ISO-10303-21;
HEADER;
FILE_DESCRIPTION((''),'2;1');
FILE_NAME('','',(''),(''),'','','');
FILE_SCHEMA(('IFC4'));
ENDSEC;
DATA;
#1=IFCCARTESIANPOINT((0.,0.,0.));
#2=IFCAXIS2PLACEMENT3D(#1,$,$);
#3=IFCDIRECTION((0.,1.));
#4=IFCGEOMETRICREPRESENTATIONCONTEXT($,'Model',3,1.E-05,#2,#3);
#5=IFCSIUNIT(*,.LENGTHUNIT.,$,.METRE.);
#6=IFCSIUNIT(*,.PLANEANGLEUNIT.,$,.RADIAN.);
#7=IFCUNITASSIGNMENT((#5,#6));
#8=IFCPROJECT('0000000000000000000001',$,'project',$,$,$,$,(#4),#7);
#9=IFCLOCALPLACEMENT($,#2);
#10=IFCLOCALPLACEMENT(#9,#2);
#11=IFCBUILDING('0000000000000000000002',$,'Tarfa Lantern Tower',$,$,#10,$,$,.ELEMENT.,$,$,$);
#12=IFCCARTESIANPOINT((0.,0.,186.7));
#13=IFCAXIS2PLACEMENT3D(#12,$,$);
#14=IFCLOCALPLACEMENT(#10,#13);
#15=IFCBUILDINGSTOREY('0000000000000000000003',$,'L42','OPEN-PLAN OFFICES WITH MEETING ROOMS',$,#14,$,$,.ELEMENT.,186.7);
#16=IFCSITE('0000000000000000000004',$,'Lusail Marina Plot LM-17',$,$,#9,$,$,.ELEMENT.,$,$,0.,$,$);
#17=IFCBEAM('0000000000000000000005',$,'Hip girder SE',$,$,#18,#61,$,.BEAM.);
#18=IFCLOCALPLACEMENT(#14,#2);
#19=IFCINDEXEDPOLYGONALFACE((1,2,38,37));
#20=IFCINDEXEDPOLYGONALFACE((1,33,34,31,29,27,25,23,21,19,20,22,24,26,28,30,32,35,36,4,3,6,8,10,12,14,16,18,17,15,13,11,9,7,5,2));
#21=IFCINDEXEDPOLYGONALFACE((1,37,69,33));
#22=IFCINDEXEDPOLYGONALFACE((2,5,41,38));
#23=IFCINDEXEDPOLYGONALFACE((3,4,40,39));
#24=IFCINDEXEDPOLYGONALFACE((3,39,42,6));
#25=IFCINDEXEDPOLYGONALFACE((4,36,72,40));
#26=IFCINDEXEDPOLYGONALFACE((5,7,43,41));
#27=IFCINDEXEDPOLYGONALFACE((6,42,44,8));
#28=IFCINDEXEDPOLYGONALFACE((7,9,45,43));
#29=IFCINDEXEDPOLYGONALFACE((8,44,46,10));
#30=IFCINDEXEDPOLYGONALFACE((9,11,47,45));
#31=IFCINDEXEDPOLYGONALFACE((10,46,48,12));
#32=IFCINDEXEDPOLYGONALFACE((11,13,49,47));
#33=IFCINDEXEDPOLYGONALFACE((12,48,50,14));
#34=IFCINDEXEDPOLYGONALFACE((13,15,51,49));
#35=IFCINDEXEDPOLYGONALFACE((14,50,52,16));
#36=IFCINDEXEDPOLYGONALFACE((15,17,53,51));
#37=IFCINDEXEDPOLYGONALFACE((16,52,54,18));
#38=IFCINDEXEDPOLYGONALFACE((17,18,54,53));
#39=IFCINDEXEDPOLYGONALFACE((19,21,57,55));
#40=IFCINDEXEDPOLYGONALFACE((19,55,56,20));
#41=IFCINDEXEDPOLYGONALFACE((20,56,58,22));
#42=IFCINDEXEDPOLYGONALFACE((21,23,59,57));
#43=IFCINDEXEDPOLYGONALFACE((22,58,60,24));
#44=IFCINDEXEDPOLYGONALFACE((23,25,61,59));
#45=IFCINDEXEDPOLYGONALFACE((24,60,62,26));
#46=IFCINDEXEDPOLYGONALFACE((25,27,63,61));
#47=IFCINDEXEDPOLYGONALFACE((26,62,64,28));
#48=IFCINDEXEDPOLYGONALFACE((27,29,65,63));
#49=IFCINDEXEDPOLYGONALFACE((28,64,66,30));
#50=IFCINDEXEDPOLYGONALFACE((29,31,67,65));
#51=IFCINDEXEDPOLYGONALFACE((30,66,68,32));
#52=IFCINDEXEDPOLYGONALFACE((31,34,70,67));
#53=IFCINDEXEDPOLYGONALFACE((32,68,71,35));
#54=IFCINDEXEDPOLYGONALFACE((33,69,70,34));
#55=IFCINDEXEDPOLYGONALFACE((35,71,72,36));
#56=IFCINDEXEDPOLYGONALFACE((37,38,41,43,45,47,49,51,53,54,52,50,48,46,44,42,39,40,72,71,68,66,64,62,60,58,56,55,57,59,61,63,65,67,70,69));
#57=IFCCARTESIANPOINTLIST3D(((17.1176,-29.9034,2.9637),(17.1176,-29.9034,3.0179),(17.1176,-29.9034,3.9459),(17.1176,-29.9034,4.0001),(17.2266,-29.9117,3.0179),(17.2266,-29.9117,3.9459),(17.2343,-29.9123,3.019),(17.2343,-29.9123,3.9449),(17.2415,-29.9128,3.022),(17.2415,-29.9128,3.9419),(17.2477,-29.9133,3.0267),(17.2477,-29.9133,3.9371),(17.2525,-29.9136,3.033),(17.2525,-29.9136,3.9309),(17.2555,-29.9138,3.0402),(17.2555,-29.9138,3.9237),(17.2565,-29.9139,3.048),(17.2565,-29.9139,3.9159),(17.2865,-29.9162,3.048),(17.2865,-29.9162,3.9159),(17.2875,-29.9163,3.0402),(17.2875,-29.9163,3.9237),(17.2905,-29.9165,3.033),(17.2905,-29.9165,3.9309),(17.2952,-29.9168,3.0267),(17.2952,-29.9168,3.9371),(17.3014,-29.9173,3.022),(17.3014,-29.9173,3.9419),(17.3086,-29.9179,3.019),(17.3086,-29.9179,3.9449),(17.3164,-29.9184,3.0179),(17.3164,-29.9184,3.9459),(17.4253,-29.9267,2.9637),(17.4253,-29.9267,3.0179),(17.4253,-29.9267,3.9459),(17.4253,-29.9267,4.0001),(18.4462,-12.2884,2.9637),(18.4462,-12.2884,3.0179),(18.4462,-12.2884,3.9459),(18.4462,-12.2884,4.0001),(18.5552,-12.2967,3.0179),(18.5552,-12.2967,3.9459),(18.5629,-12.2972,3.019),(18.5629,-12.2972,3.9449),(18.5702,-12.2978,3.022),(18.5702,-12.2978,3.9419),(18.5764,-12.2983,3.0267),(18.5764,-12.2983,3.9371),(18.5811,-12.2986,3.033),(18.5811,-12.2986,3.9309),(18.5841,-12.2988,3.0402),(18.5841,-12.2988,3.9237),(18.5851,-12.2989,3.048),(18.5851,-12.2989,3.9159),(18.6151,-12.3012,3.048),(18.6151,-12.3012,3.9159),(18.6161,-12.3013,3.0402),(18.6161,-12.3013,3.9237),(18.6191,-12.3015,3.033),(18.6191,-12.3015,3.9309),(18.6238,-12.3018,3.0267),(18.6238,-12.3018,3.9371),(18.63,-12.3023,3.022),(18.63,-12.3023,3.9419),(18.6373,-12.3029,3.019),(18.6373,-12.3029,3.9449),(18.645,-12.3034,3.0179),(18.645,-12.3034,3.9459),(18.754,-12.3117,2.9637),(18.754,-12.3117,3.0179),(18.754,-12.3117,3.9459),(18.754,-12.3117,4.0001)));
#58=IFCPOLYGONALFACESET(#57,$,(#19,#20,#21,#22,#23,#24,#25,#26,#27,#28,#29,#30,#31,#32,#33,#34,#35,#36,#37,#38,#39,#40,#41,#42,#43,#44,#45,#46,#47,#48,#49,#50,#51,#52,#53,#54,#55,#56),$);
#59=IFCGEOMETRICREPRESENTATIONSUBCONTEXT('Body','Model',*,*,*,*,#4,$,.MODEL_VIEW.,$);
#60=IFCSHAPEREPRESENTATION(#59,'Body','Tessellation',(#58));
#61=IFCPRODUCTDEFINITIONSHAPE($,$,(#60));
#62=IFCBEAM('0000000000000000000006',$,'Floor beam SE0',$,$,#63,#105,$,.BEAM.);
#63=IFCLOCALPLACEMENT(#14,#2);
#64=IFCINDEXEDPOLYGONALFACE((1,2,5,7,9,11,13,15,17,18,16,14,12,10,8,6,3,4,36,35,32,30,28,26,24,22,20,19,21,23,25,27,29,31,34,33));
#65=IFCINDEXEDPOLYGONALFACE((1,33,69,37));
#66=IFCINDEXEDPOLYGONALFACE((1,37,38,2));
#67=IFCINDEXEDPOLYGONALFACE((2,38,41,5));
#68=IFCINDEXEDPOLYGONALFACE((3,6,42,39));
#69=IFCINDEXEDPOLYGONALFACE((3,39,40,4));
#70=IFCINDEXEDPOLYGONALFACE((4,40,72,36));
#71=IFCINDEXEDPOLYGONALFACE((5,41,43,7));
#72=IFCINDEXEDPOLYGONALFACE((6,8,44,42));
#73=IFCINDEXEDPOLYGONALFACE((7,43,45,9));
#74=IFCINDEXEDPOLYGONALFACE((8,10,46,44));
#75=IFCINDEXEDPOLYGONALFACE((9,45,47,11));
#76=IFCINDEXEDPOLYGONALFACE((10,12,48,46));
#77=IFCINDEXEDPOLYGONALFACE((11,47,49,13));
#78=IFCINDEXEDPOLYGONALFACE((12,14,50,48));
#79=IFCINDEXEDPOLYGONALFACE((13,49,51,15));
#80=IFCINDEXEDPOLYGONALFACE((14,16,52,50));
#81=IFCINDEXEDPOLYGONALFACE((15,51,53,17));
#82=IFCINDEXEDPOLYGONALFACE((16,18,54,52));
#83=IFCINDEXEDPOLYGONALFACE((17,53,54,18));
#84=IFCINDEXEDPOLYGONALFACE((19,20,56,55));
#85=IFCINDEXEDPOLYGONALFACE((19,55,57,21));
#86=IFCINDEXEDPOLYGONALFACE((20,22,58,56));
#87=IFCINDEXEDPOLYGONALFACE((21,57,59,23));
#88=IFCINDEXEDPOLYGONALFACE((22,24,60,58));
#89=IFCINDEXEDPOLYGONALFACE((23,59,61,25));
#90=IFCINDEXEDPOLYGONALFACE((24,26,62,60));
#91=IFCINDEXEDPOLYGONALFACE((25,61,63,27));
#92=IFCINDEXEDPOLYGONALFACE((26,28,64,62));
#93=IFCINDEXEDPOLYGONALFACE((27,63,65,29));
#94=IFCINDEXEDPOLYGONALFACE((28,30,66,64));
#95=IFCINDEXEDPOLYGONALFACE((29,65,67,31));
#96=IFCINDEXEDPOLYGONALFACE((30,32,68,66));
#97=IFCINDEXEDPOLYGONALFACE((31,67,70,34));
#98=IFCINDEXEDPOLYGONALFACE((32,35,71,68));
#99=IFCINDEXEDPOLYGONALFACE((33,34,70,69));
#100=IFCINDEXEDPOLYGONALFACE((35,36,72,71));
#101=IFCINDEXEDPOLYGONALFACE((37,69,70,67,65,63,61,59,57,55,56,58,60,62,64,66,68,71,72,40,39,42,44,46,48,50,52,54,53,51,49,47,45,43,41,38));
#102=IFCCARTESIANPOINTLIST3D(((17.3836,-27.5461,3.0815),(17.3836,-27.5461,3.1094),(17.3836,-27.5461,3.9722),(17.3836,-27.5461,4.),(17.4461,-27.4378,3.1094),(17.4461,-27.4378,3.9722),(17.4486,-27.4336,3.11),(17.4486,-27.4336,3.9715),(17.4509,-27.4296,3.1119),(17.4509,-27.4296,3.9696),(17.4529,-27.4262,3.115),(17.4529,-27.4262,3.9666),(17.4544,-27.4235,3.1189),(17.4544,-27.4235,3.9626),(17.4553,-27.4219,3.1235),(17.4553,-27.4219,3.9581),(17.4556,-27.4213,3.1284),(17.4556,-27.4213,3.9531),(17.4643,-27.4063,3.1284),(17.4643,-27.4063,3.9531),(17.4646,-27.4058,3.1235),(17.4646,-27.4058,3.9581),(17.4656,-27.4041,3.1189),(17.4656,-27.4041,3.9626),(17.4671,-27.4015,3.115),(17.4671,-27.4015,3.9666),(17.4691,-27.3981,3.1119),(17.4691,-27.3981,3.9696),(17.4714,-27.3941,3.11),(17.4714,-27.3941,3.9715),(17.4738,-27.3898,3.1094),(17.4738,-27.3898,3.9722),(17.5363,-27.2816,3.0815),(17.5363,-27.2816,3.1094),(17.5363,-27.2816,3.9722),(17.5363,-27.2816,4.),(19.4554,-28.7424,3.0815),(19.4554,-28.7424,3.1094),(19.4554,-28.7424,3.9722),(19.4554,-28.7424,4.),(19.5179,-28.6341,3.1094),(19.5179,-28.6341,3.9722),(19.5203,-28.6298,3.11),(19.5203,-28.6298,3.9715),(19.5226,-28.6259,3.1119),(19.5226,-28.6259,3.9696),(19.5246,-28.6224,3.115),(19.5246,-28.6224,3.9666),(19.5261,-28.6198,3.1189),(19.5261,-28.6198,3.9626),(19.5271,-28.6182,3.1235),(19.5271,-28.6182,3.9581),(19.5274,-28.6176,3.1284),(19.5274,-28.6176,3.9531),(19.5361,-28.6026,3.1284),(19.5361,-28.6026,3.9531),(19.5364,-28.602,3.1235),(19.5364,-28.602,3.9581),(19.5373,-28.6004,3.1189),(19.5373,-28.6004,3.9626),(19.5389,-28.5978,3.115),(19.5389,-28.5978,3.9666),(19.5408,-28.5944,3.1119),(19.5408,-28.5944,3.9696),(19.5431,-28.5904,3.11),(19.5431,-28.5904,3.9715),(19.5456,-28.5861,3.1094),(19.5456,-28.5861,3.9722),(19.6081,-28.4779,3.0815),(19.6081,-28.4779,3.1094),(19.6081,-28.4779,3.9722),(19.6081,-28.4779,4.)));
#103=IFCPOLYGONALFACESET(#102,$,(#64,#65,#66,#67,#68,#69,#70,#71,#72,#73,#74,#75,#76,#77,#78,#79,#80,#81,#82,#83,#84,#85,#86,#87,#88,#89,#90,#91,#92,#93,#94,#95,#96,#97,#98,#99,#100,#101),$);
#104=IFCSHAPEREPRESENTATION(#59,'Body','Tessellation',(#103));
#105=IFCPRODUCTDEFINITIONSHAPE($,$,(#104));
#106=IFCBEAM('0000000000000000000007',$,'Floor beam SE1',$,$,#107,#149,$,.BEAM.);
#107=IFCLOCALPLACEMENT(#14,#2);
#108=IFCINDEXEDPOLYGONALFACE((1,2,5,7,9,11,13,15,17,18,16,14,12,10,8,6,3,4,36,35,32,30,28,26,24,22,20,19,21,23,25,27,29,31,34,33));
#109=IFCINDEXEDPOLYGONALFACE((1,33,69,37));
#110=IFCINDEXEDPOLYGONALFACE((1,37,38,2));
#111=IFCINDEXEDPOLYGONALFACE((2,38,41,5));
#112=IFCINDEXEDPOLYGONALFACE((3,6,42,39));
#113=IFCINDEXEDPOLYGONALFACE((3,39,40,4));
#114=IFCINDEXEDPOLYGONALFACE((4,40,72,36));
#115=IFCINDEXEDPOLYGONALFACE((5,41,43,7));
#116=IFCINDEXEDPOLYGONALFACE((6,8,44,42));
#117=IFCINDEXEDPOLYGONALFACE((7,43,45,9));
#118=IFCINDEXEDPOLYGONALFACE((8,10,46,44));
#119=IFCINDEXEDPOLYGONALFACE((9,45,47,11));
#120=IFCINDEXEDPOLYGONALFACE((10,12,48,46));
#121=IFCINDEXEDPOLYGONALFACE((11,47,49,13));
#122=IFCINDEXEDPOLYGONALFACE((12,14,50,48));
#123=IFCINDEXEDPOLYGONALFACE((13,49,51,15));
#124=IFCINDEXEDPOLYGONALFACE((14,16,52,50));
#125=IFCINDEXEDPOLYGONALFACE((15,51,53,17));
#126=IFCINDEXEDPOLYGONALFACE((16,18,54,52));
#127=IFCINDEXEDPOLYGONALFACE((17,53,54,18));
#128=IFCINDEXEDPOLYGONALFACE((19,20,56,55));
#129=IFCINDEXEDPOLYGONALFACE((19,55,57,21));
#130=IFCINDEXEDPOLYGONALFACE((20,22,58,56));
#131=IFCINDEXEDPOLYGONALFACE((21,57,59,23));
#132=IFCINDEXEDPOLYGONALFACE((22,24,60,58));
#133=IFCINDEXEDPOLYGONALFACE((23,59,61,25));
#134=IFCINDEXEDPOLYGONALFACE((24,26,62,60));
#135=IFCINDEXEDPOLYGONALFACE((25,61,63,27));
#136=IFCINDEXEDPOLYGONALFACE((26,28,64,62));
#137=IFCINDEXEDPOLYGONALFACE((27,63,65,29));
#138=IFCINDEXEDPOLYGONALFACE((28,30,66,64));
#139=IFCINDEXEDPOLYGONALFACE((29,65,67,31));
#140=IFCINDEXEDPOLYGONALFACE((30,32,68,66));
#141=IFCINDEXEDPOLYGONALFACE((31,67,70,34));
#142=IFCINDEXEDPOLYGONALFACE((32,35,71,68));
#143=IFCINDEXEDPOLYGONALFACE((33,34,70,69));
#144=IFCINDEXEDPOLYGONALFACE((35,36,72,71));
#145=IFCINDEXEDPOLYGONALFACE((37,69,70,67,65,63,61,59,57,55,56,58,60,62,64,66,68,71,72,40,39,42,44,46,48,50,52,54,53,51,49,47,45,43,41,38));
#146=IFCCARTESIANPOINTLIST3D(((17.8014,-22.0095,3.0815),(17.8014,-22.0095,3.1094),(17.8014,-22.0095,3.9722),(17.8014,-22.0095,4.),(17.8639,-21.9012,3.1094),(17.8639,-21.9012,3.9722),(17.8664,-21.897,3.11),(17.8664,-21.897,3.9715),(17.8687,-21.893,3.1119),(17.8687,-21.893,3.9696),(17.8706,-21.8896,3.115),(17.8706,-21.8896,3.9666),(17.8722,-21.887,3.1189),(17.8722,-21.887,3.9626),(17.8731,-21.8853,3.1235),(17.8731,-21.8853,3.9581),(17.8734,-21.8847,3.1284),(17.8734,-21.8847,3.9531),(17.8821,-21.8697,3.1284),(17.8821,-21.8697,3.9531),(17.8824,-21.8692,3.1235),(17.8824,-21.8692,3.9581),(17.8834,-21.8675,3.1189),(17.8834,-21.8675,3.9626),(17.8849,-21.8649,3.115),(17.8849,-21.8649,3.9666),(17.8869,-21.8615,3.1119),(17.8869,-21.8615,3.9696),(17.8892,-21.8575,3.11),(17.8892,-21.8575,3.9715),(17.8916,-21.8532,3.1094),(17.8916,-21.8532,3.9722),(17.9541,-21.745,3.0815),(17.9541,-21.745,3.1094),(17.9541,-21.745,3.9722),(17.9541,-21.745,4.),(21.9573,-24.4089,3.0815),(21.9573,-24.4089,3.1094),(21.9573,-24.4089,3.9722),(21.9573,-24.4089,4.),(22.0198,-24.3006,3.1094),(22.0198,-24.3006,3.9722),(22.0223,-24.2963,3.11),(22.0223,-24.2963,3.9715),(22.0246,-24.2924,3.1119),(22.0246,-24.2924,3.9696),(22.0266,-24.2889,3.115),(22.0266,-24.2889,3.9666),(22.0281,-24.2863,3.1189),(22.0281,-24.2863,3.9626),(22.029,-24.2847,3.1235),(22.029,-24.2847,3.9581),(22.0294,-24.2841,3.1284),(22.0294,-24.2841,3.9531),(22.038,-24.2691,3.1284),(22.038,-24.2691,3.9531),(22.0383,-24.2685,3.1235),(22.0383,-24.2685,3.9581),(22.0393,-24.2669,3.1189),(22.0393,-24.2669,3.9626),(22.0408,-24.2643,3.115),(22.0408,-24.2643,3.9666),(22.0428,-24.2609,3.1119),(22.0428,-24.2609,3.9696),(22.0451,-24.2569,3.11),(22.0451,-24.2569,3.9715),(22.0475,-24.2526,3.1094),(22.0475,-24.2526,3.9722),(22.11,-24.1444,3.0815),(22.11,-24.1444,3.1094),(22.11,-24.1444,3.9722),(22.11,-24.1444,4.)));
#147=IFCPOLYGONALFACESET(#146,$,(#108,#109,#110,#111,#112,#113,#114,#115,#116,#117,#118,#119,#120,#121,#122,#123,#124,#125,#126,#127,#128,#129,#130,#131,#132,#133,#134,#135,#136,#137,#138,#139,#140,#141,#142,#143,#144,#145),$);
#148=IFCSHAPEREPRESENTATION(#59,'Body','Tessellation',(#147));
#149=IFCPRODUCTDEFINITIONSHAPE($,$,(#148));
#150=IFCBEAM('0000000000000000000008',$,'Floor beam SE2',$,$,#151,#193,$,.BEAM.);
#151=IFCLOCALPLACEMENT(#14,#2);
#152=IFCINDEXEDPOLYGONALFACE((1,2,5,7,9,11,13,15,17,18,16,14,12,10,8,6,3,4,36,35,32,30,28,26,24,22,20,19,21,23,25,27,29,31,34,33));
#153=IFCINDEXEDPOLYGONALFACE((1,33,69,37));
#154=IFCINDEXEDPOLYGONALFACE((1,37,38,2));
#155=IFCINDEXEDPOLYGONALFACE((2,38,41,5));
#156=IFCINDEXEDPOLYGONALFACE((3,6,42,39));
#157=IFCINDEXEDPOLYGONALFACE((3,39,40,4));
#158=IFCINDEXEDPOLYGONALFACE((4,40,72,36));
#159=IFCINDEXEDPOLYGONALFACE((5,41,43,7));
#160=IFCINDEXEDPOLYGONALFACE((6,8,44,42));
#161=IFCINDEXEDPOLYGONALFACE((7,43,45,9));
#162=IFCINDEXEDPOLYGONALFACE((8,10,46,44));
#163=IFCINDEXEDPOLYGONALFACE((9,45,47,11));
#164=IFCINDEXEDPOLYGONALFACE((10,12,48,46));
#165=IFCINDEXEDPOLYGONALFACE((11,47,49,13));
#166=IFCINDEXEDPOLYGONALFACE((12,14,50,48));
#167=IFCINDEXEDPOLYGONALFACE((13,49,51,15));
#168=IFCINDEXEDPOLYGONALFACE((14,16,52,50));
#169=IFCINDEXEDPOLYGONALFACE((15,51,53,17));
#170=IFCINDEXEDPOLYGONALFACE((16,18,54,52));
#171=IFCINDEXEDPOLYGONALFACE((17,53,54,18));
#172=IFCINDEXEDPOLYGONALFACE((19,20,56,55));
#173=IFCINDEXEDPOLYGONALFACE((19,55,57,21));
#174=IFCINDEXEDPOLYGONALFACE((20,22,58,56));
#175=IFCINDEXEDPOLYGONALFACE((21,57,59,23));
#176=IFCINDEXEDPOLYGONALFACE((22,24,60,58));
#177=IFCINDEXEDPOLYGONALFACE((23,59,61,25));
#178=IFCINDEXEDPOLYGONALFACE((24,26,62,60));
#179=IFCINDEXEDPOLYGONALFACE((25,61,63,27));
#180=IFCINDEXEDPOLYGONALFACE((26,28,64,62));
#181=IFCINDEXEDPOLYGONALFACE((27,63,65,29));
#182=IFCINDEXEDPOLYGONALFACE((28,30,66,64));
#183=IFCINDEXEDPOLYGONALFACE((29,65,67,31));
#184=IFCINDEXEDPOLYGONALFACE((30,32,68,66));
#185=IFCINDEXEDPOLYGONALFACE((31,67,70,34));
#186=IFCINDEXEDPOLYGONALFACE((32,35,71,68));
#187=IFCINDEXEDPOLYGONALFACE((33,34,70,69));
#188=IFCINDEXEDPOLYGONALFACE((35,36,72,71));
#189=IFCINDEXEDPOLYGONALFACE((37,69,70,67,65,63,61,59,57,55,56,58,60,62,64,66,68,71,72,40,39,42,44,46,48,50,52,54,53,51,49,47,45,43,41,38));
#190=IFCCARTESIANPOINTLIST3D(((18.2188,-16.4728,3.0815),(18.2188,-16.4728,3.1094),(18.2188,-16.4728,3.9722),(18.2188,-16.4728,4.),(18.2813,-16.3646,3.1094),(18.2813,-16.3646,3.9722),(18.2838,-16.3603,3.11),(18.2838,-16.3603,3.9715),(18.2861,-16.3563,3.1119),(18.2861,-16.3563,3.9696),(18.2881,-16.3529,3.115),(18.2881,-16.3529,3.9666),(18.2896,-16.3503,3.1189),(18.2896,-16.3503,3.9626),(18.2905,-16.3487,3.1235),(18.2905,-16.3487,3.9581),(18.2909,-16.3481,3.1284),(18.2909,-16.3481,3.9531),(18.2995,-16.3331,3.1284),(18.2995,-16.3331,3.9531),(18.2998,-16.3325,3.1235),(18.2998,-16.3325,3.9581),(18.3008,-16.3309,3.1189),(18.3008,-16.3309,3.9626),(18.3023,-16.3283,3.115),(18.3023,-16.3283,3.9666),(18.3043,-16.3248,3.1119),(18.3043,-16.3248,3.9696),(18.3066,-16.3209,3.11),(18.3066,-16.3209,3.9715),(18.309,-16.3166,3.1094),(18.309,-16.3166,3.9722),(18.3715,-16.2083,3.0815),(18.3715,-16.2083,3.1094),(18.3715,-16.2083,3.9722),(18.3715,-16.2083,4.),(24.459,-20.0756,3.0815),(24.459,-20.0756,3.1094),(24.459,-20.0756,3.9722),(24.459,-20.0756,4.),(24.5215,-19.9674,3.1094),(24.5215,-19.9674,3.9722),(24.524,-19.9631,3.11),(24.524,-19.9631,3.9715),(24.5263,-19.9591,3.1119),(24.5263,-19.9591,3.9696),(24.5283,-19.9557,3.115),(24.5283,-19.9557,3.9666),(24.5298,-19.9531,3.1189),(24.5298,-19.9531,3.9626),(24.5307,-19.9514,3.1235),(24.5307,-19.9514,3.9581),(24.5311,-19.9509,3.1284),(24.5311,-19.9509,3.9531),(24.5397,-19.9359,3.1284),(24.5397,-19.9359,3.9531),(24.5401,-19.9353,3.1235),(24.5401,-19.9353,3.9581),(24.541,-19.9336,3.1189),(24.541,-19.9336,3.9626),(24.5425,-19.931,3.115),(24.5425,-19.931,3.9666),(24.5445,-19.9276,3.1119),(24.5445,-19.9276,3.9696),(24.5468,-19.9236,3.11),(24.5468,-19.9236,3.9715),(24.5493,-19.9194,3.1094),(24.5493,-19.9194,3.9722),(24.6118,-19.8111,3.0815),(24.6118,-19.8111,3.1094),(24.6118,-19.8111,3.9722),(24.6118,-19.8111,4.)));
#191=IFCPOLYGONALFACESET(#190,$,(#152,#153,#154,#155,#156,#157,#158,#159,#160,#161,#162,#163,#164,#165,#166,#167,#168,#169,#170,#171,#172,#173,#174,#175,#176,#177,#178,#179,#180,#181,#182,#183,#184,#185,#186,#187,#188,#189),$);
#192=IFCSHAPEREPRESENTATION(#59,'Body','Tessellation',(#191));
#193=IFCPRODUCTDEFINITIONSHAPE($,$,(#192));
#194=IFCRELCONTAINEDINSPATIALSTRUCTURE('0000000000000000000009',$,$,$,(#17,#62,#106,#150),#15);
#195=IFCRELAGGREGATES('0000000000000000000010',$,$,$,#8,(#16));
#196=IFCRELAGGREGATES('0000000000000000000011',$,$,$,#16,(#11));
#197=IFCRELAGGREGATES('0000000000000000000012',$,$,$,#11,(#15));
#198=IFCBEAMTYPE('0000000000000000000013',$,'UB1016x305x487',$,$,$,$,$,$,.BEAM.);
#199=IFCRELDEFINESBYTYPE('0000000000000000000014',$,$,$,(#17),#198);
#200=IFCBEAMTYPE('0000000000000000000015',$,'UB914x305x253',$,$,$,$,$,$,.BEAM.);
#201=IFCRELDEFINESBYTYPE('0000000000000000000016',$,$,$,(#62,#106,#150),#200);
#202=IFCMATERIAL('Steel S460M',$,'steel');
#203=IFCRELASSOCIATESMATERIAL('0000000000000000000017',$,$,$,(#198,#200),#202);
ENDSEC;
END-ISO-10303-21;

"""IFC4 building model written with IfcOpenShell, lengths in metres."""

from ifc_helpers import new_model, si_unit, direction, frame, origin, origin_2d, place, context, subcontext, project, spatial, i_section, extrude, material, material_profile, profile_set, type_object, element, save


model = new_model("IFC4")

# Units and contexts
model_context = context("Model", 3, precision=1e-05, world=origin(), true_north=direction((0.0, 1.0)))
body_context = subcontext(model_context, "Body", "Model", "MODEL_VIEW")
ifc_project = project(units=[si_unit("LENGTHUNIT", "METRE"), si_unit("PLANEANGLEUNIT", "RADIAN")], contexts=[model_context])

# Site, building, storey
site_placement = place(None, origin())
site = spatial("IfcSite", under=ifc_project, at=site_placement, Name="Lusail Marina Plot LM-17", CompositionType="ELEMENT", RefElevation=0.0)
building_placement = place(site_placement, origin())
building = spatial("IfcBuilding", under=site, at=building_placement, Name="Tarfa Lantern Tower", CompositionType="ELEMENT")
storey_placement = place(building_placement, frame((0.0, 0.0, 186.7)))
storey = spatial("IfcBuildingStorey", under=building, at=storey_placement, Name="L42", Description="OPEN-PLAN OFFICES WITH MEETING ROOMS", CompositionType="ELEMENT", Elevation=186.7)

# Beams
ifc_material_1 = material(Name="Steel S460M", Category="steel")
ifc_material_profile_1 = material_profile(ifc_material_1, i_section(OverallWidth=0.3086, OverallDepth=1.0364, WebThickness=0.03, FlangeThickness=0.0542, FilletRadius=0.03, at=origin_2d()), Name="UB1016x305x487")
ifc_profile_set_1 = profile_set([ifc_material_profile_1], Name="Steel S460M")
beam_type_1 = type_object("IfcBeamType", Name="UB1016x305x487", PredefinedType="BEAM", material=ifc_profile_set_1)
beam_1_placement = place(storey_placement, frame((18.6001, -12.3, 3.4819), z_axis=(-0.075212, -0.997168, 0.0), x_axis=(0.997168, -0.075212, 0.0)))
element("IfcBeam", 1, at=beam_1_placement, inside=storey, type_object=beam_type_1, Name="Hip girder SE", PredefinedType="BEAM", context=body_context, shape_type="SweptSolid", body=[
    extrude(i_section(OverallWidth=0.3086, OverallDepth=1.0364, WebThickness=0.03, FlangeThickness=0.0542, FilletRadius=0.03, at=origin_2d()), origin(), (0.0, 0.0, 1.0), 17.665),
])
ifc_material_profile_2 = material_profile(ifc_material_1, i_section(OverallWidth=0.3054, OverallDepth=0.9185, WebThickness=0.0173, FlangeThickness=0.0278, FilletRadius=0.019, at=origin_2d()), Name="UB914x305x253")
ifc_profile_set_2 = profile_set([ifc_material_profile_2], Name="Steel S460M")
beam_type_2 = type_object("IfcBeamType", Name="UB914x305x253", PredefinedType="BEAM", material=ifc_profile_set_2)
beam_2_placement = place(storey_placement, frame((19.5317, -28.6101, 3.5408), z_axis=(-0.865999, 0.500046, 0.0), x_axis=(-0.500046, -0.865999, 0.0)))
element("IfcBeam", 2, at=beam_2_placement, inside=storey, type_object=beam_type_2, Name="Floor beam SE0", PredefinedType="BEAM", context=body_context, shape_type="SweptSolid", body=[
    extrude(i_section(OverallWidth=0.3054, OverallDepth=0.9185, WebThickness=0.0173, FlangeThickness=0.0278, FilletRadius=0.019, at=origin_2d()), origin(), (0.0, 0.0, 1.0), 2.3923),
])
beam_3_placement = place(storey_placement, frame((22.0337, -24.2766, 3.5408), z_axis=(-0.866031, 0.499991, 0.0), x_axis=(-0.499991, -0.866031, 0.0)))
element("IfcBeam", 3, at=beam_3_placement, inside=storey, type_object=beam_type_2, Name="Floor beam SE1", PredefinedType="BEAM", context=body_context, shape_type="SweptSolid", body=[
    extrude(i_section(OverallWidth=0.3054, OverallDepth=0.9185, WebThickness=0.0173, FlangeThickness=0.0278, FilletRadius=0.019, at=origin_2d()), origin(), (0.0, 0.0, 1.0), 4.7988),
])
beam_4_placement = place(storey_placement, frame((24.5354, -19.9434, 3.5408), z_axis=(-0.866026, 0.499998, 0.0), x_axis=(-0.499998, -0.866026, 0.0)))
element("IfcBeam", 4, at=beam_4_placement, inside=storey, type_object=beam_type_2, Name="Floor beam SE2", PredefinedType="BEAM", context=body_context, shape_type="SweptSolid", body=[
    extrude(i_section(OverallWidth=0.3054, OverallDepth=0.9185, WebThickness=0.0173, FlangeThickness=0.0278, FilletRadius=0.019, at=origin_2d()), origin(), (0.0, 0.0, 1.0), 7.2056),
])

save(model, "model.ifc")
